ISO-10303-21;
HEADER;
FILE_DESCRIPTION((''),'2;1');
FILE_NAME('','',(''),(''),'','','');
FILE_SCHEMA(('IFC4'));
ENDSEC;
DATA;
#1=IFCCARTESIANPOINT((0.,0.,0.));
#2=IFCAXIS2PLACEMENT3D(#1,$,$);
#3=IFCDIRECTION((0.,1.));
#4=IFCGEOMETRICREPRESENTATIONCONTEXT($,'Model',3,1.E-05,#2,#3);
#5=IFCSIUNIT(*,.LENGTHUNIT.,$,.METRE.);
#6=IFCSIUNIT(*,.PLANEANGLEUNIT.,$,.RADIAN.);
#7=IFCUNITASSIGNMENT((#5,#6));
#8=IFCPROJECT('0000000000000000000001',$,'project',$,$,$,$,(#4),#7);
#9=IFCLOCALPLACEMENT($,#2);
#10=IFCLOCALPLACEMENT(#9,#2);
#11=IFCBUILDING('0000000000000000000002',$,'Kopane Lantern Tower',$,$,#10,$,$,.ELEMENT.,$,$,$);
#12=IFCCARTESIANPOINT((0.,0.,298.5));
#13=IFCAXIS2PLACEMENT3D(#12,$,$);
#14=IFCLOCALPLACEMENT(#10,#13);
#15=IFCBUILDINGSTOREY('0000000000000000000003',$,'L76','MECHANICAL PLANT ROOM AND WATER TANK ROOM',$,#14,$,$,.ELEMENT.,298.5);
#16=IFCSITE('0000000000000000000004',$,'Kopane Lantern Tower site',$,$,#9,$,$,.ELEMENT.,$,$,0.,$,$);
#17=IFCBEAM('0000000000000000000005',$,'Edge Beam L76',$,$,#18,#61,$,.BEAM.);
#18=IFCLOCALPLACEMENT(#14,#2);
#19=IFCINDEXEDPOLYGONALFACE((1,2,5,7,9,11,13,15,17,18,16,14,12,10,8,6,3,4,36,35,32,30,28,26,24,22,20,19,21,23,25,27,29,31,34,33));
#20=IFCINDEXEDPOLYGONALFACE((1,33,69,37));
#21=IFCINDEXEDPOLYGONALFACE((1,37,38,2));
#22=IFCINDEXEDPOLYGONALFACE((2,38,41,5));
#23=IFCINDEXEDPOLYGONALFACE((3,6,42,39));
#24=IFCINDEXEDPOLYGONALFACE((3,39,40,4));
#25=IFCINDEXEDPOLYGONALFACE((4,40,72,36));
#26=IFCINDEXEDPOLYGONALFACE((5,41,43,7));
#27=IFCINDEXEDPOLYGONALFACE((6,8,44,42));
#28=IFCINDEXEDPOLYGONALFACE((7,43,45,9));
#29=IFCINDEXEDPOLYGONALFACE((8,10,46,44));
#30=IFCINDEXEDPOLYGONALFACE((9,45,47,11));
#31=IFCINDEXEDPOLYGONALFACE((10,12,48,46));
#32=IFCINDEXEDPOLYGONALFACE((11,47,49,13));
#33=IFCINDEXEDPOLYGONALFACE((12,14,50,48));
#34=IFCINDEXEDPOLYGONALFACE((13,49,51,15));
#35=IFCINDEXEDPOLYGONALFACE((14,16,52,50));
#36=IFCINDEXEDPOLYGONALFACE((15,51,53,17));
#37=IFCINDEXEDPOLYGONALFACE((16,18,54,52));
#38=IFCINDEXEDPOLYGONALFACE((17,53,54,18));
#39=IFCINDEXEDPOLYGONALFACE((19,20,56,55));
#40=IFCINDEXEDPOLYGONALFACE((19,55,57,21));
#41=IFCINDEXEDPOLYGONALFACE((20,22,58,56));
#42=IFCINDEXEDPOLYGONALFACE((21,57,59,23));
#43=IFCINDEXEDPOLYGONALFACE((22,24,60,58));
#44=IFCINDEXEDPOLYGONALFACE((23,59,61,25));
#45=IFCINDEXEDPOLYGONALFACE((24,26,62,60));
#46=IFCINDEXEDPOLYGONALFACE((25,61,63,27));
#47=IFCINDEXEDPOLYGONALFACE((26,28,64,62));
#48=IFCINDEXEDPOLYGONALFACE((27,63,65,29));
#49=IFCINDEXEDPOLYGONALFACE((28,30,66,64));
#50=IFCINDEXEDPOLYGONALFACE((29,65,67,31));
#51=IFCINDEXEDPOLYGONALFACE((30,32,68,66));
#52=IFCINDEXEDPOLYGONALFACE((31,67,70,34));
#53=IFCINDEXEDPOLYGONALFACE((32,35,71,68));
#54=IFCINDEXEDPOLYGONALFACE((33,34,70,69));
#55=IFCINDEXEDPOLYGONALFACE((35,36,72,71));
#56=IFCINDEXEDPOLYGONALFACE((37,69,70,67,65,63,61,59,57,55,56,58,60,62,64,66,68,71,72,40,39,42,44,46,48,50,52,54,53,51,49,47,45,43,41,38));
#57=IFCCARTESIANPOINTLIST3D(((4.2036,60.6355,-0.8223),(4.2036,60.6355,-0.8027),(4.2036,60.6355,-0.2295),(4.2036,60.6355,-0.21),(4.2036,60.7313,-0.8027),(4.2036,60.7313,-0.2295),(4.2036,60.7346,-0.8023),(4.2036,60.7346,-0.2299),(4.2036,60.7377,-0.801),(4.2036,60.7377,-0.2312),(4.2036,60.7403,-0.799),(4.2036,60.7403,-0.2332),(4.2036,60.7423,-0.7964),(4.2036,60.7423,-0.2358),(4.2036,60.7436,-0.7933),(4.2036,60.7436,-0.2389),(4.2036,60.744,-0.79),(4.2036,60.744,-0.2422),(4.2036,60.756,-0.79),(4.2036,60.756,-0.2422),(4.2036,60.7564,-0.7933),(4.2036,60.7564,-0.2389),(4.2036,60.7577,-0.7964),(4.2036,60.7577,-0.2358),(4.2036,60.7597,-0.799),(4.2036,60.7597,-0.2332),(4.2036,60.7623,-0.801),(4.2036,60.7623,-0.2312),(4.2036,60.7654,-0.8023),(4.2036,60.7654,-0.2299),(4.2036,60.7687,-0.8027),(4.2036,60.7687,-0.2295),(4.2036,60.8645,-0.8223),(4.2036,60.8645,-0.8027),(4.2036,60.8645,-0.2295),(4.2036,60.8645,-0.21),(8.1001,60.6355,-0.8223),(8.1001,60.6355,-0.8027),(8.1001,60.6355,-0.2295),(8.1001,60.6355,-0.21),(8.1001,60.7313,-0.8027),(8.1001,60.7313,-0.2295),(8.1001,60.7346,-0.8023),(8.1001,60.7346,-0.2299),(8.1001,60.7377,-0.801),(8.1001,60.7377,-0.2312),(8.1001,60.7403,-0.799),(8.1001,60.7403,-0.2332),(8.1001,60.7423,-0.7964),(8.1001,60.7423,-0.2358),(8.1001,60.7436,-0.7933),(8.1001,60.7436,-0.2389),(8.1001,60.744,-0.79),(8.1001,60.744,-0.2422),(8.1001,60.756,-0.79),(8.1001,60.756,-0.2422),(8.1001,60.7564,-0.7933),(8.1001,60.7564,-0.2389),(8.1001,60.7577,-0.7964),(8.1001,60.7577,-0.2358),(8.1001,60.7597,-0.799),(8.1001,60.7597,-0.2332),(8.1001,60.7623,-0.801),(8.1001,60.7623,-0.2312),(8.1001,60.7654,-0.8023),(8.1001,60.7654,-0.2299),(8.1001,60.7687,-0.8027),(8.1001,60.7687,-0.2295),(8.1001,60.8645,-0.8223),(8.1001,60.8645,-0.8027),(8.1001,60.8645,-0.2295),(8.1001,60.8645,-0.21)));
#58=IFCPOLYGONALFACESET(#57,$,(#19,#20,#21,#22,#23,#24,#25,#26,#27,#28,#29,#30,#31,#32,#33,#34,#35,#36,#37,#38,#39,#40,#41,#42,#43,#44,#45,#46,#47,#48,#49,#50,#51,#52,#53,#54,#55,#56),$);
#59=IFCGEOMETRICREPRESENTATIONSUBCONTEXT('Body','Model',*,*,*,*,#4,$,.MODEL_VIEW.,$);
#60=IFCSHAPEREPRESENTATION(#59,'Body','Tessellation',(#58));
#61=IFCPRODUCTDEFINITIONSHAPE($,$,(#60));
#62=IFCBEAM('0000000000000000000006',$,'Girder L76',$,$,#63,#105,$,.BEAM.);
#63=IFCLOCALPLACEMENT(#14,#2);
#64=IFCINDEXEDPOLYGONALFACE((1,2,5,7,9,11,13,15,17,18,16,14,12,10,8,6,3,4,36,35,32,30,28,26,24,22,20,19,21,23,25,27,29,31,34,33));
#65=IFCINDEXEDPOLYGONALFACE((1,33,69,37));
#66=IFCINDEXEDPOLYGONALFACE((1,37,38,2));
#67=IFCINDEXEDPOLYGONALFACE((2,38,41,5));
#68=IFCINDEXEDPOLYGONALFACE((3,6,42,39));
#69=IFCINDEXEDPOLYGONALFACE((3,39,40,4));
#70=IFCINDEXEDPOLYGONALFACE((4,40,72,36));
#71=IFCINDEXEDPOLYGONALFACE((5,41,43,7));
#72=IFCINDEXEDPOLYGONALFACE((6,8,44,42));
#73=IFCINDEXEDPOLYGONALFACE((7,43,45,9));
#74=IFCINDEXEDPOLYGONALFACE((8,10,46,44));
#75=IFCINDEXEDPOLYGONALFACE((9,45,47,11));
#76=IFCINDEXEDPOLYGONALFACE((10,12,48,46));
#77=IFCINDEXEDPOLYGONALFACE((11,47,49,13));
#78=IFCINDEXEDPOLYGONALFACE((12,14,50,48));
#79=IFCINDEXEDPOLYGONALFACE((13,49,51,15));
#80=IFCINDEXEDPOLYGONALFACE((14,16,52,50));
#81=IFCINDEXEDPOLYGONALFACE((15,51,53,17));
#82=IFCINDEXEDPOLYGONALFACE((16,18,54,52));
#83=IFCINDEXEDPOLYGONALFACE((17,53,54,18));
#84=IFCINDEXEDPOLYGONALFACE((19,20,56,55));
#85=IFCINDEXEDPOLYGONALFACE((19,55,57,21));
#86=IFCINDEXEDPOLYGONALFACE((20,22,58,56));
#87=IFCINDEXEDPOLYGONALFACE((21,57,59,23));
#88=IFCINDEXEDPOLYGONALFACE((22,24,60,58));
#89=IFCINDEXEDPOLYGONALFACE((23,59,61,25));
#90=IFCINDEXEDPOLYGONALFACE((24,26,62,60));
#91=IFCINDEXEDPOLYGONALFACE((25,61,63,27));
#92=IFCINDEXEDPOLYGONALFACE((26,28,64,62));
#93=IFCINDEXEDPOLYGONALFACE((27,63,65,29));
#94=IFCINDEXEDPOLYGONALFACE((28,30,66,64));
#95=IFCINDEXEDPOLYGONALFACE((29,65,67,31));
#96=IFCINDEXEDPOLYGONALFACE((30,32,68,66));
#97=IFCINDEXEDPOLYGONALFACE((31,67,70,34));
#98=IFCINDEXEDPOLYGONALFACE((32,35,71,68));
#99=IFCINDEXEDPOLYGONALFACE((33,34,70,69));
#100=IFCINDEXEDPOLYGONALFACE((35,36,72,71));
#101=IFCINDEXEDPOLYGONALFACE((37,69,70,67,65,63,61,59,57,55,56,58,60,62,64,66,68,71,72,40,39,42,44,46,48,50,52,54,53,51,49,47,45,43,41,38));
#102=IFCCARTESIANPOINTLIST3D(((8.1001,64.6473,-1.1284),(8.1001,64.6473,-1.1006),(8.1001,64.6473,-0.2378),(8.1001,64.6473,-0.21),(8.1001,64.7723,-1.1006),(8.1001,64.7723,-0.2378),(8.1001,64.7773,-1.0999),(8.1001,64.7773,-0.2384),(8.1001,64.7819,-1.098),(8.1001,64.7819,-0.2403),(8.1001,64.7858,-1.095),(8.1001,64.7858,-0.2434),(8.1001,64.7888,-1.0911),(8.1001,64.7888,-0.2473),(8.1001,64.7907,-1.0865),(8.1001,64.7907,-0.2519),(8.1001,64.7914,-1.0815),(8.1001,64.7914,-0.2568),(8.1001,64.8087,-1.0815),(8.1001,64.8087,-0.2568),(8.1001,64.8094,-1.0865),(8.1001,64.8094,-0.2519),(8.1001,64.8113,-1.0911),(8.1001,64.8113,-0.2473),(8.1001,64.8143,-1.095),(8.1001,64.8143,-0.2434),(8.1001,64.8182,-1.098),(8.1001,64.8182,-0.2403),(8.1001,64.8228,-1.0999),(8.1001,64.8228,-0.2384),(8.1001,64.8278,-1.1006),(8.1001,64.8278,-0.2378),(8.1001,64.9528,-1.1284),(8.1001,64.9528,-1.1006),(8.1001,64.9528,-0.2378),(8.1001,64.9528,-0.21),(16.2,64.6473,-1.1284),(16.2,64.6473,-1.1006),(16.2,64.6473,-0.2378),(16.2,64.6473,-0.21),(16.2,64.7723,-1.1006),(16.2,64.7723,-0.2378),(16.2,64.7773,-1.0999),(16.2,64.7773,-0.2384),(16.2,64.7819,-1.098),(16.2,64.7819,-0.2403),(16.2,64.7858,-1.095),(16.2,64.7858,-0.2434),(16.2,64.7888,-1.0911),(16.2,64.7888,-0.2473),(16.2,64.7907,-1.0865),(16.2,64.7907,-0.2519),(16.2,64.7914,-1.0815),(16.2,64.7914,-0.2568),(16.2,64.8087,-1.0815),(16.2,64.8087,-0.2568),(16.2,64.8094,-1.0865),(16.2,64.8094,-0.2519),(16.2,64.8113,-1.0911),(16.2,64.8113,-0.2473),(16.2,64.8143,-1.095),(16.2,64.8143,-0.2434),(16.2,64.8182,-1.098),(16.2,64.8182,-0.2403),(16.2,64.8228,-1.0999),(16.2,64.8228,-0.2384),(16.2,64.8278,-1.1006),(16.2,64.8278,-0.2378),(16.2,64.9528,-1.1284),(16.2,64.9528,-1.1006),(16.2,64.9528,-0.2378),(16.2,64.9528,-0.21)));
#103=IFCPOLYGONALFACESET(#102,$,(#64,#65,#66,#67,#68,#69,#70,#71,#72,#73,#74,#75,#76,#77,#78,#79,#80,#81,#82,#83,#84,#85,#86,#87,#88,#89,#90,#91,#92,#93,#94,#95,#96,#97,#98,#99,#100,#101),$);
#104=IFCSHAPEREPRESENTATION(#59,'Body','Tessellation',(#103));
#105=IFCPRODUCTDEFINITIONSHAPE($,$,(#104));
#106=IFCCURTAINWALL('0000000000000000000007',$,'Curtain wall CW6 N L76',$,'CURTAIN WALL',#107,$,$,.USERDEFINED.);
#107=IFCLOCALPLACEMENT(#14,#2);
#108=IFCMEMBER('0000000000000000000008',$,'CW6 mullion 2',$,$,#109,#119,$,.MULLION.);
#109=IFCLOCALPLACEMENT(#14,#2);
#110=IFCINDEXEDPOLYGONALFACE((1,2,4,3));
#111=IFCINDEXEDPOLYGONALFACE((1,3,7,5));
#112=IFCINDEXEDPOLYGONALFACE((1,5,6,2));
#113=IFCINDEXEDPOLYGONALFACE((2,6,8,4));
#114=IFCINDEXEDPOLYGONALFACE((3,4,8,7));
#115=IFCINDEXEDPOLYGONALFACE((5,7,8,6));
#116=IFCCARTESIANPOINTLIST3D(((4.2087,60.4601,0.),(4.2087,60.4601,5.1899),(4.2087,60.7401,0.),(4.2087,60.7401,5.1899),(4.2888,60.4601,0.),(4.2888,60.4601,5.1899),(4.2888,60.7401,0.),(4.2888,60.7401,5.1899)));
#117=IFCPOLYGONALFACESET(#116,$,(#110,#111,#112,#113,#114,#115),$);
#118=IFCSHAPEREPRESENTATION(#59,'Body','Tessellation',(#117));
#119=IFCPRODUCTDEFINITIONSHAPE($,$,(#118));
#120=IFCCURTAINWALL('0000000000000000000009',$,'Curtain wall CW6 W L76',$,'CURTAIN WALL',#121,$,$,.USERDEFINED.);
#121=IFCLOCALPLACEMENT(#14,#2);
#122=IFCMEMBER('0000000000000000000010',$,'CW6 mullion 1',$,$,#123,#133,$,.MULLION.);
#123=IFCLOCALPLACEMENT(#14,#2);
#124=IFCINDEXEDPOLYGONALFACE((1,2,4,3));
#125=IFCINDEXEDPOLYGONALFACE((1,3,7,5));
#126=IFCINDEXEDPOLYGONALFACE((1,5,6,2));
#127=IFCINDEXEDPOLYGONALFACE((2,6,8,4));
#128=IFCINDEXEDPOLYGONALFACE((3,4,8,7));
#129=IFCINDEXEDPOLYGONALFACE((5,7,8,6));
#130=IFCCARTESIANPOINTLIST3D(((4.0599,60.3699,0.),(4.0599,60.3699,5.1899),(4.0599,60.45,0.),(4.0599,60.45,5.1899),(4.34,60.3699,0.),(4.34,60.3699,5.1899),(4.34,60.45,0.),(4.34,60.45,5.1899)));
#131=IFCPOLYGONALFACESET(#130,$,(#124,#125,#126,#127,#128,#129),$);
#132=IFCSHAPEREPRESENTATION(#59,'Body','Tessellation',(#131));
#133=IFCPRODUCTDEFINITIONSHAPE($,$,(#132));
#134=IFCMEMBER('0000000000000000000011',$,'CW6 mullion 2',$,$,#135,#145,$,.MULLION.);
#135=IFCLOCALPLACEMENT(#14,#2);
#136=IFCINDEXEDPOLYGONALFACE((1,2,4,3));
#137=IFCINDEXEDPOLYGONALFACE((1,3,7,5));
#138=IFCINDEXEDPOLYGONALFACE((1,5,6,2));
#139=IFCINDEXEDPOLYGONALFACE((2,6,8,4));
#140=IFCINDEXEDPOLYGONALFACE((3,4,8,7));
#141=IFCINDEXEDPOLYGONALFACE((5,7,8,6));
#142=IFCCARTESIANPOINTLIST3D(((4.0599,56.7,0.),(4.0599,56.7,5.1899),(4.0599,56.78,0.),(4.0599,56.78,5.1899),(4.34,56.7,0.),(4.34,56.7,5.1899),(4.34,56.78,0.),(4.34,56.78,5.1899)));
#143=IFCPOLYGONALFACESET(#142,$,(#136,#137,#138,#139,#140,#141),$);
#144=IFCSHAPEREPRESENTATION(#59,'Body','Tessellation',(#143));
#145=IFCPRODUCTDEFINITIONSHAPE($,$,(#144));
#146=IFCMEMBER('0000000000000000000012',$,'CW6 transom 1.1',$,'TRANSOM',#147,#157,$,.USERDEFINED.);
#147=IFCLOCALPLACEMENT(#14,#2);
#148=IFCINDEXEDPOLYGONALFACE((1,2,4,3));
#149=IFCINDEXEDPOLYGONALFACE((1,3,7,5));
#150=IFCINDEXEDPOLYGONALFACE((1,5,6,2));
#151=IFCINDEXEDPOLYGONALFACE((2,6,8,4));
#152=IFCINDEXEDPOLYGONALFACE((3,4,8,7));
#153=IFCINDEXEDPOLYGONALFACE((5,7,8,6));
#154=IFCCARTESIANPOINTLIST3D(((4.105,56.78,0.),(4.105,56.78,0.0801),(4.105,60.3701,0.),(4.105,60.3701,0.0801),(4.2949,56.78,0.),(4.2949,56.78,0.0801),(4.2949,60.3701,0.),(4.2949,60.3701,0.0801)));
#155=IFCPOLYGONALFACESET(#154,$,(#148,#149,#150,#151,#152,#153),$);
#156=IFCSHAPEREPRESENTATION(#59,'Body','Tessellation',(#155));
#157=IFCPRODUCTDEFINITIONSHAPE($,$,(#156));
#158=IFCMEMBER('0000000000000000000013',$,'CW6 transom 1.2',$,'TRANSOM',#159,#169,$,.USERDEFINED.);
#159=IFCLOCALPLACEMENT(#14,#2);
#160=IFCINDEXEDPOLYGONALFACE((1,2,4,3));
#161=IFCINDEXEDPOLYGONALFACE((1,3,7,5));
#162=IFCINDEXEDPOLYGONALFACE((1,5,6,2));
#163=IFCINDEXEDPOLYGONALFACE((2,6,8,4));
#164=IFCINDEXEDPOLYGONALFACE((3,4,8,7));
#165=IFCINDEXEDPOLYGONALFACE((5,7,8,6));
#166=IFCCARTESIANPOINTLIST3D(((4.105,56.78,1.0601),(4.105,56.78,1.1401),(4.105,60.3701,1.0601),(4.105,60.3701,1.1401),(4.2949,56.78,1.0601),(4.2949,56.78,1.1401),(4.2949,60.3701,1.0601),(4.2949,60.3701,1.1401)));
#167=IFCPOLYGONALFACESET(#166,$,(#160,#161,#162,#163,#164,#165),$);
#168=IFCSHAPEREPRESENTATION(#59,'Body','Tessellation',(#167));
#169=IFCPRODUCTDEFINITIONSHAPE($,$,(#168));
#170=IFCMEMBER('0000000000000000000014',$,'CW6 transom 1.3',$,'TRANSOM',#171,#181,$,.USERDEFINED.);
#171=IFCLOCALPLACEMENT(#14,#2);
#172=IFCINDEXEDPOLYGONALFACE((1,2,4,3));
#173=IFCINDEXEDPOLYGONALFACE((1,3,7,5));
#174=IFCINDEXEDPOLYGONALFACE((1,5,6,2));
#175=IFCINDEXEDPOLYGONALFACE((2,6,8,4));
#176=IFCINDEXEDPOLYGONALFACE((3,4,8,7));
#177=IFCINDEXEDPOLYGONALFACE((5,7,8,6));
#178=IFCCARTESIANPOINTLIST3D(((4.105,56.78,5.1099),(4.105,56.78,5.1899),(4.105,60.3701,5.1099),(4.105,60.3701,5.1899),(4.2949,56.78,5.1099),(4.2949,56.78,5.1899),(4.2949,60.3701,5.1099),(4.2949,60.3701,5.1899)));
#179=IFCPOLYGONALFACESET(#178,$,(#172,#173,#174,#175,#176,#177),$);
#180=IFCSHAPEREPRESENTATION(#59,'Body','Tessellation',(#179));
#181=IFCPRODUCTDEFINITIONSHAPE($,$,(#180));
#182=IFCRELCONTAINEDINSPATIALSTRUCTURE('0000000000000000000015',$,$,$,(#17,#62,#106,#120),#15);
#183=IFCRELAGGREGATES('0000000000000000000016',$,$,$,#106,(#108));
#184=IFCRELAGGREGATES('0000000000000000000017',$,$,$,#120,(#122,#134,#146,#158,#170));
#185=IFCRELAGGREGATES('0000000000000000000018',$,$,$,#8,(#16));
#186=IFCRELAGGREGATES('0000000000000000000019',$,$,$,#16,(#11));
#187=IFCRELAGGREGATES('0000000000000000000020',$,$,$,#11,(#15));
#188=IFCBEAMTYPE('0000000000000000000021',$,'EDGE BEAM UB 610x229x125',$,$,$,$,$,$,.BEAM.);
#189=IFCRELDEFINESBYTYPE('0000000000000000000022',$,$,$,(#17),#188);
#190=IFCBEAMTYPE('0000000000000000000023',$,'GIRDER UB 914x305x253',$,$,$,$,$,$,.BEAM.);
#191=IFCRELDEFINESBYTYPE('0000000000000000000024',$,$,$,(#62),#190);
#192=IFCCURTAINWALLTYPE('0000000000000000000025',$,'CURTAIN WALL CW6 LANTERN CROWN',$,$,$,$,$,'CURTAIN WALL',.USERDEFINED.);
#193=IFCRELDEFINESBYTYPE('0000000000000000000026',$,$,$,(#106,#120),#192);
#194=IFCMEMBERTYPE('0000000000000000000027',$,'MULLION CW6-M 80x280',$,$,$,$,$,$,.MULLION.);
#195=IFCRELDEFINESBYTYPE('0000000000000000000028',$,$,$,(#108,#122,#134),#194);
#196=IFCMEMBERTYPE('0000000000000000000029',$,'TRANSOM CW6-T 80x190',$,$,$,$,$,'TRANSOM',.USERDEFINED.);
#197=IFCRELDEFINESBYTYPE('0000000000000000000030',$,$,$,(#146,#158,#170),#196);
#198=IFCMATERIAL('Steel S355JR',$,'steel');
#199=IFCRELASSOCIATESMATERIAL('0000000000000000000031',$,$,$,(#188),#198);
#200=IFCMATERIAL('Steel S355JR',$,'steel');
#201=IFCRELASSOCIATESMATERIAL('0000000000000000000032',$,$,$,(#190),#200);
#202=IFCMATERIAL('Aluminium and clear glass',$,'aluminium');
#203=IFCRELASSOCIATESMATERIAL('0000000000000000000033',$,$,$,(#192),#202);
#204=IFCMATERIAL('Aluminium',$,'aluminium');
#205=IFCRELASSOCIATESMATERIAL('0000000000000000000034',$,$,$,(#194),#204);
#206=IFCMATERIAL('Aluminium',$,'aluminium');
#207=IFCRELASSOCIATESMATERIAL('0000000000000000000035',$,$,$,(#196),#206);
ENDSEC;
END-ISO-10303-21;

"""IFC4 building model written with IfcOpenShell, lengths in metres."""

from ifc_helpers import new_model, si_unit, direction, frame, origin, origin_2d, place, context, subcontext, project, spatial, rectangle, i_section, extrude, material, material_profile, profile_set, type_object, element, aggregate, save


model = new_model("IFC4")

# Units and contexts
model_context = context("Model", 3, precision=1e-05, world=origin(), true_north=direction((0.0, 1.0)))
body_context = subcontext(model_context, "Body", "Model", "MODEL_VIEW")
ifc_project = project(units=[si_unit("LENGTHUNIT", "METRE"), si_unit("PLANEANGLEUNIT", "RADIAN")], contexts=[model_context])

# Site, building, storey
site_placement = place(None, origin())
site = spatial("IfcSite", under=ifc_project, at=site_placement, Name="Kopane Lantern Tower site", CompositionType="ELEMENT", RefElevation=0.0)
building_placement = place(site_placement, origin())
building = spatial("IfcBuilding", under=site, at=building_placement, Name="Kopane Lantern Tower", CompositionType="ELEMENT")
storey_placement = place(building_placement, frame((0.0, 0.0, 298.5)))
storey = spatial("IfcBuildingStorey", under=building, at=storey_placement, Name="L76", Description="MECHANICAL PLANT ROOM AND WATER TANK ROOM", CompositionType="ELEMENT", Elevation=298.5)

# Beams
ifc_material_1 = material(Name="Steel S355JR", Category="steel")
ifc_material_profile_1 = material_profile(ifc_material_1, i_section(OverallWidth=0.229, OverallDepth=0.6123, WebThickness=0.012, FlangeThickness=0.0195, FilletRadius=0.0127, at=origin_2d()), Name="UB 610x229x125")
ifc_profile_set_1 = profile_set([ifc_material_profile_1], Name="Steel S355JR")
beam_type_1 = type_object("IfcBeamType", Name="EDGE BEAM UB 610x229x125", PredefinedType="BEAM", material=ifc_profile_set_1)
beam_1_placement = place(storey_placement, frame((4.2036, 60.75, -0.5161), z_axis=(1.0, 0.0, 0.0), x_axis=(0.0, 1.0, 0.0)))
element("IfcBeam", 1, at=beam_1_placement, inside=storey, type_object=beam_type_1, Name="Edge Beam L76", PredefinedType="BEAM", context=body_context, shape_type="SweptSolid", body=[
    extrude(i_section(OverallWidth=0.229, OverallDepth=0.6123, WebThickness=0.012, FlangeThickness=0.0195, FilletRadius=0.0127, at=origin_2d()), origin(), (0.0, 0.0, 1.0), 3.8965),
])
ifc_material_2 = material(Name="Steel S355JR", Category="steel")
ifc_material_profile_2 = material_profile(ifc_material_2, i_section(OverallWidth=0.3054, OverallDepth=0.9185, WebThickness=0.0173, FlangeThickness=0.0278, FilletRadius=0.019, at=origin_2d()), Name="UB 914x305x253")
ifc_profile_set_2 = profile_set([ifc_material_profile_2], Name="Steel S355JR")
beam_type_2 = type_object("IfcBeamType", Name="GIRDER UB 914x305x253", PredefinedType="BEAM", material=ifc_profile_set_2)
beam_2_placement = place(storey_placement, frame((8.1001, 64.8, -0.6692), z_axis=(1.0, 0.0, 0.0), x_axis=(0.0, 1.0, 0.0)))
element("IfcBeam", 2, at=beam_2_placement, inside=storey, type_object=beam_type_2, Name="Girder L76", PredefinedType="BEAM", context=body_context, shape_type="SweptSolid", body=[
    extrude(i_section(OverallWidth=0.3054, OverallDepth=0.9185, WebThickness=0.0173, FlangeThickness=0.0278, FilletRadius=0.019, at=origin_2d()), origin(), (0.0, 0.0, 1.0), 8.0999),
])

# Curtain wall, member
ifc_material_3 = material(Name="Aluminium and clear glass", Category="aluminium")
curtain_wall_type = type_object("IfcCurtainWallType", Name="CURTAIN WALL CW6 LANTERN CROWN", ElementType="CURTAIN WALL", PredefinedType="USERDEFINED", material=ifc_material_3)
curtain_wall_1_placement = place(storey_placement, origin())
curtain_wall_1 = element("IfcCurtainWall", 3, at=curtain_wall_1_placement, inside=storey, type_object=curtain_wall_type, Name="Curtain wall CW6 N L76", ObjectType="CURTAIN WALL", PredefinedType="USERDEFINED")
ifc_material_4 = material(Name="Aluminium", Category="aluminium")
ifc_material_profile_3 = material_profile(ifc_material_4, rectangle(XDim=0.0801, YDim=0.28, at=origin_2d()), Name="AL 80x280")
ifc_profile_set_3 = profile_set([ifc_material_profile_3], Name="Aluminium")
member_type_1 = type_object("IfcMemberType", Name="MULLION CW6-M 80x280", PredefinedType="MULLION", material=ifc_profile_set_3)
member_1_placement = place(storey_placement, frame((4.2488, 60.6001, 0.0), z_axis=(0.0, 0.0, 1.0), x_axis=(-1.0, 0.0, 0.0)))
member_1 = element("IfcMember", 4, at=member_1_placement, type_object=member_type_1, Name="CW6 mullion 2", PredefinedType="MULLION", context=body_context, shape_type="SweptSolid", body=[
    extrude(rectangle(XDim=0.0801, YDim=0.28, at=origin_2d()), origin(), (0.0, 0.0, 1.0), 5.1899),
])

# Curtain wall, members
curtain_wall_2_placement = place(storey_placement, origin())
curtain_wall_2 = element("IfcCurtainWall", 5, at=curtain_wall_2_placement, inside=storey, type_object=curtain_wall_type, Name="Curtain wall CW6 W L76", ObjectType="CURTAIN WALL", PredefinedType="USERDEFINED")
member_2_placement = place(storey_placement, frame((4.2, 60.4099, 0.0), z_axis=(0.0, 0.0, 1.0), x_axis=(0.0, -1.0, 0.0)))
member_2 = element("IfcMember", 6, at=member_2_placement, type_object=member_type_1, Name="CW6 mullion 1", PredefinedType="MULLION", context=body_context, shape_type="SweptSolid", body=[
    extrude(rectangle(XDim=0.0801, YDim=0.28, at=origin_2d()), origin(), (0.0, 0.0, 1.0), 5.1899),
])
member_3_placement = place(storey_placement, frame((4.2, 56.74, 0.0), z_axis=(0.0, 0.0, 1.0), x_axis=(0.0, -1.0, 0.0)))
member_3 = element("IfcMember", 7, at=member_3_placement, type_object=member_type_1, Name="CW6 mullion 2", PredefinedType="MULLION", context=body_context, shape_type="SweptSolid", body=[
    extrude(rectangle(XDim=0.0801, YDim=0.28, at=origin_2d()), origin(), (0.0, 0.0, 1.0), 5.1899),
])
ifc_material_5 = material(Name="Aluminium", Category="aluminium")
ifc_material_profile_4 = material_profile(ifc_material_5, rectangle(XDim=0.1899, YDim=0.0801, at=origin_2d()), Name="AL 190x80")
ifc_profile_set_4 = profile_set([ifc_material_profile_4], Name="Aluminium")
member_type_2 = type_object("IfcMemberType", Name="TRANSOM CW6-T 80x190", ElementType="TRANSOM", PredefinedType="USERDEFINED", material=ifc_profile_set_4)
member_4_placement = place(storey_placement, frame((4.2, 60.3701, 0.04), z_axis=(0.0, -1.0, 0.0), x_axis=(1.0, 0.0, 0.0)))
member_4 = element("IfcMember", 8, at=member_4_placement, type_object=member_type_2, Name="CW6 transom 1.1", ObjectType="TRANSOM", PredefinedType="USERDEFINED", context=body_context, shape_type="SweptSolid", body=[
    extrude(rectangle(XDim=0.1899, YDim=0.0801, at=origin_2d()), origin(), (0.0, 0.0, 1.0), 3.5901),
])
member_5_placement = place(storey_placement, frame((4.2, 60.3701, 1.1001), z_axis=(0.0, -1.0, 0.0), x_axis=(1.0, 0.0, 0.0)))
member_5 = element("IfcMember", 9, at=member_5_placement, type_object=member_type_2, Name="CW6 transom 1.2", ObjectType="TRANSOM", PredefinedType="USERDEFINED", context=body_context, shape_type="SweptSolid", body=[
    extrude(rectangle(XDim=0.1899, YDim=0.0801, at=origin_2d()), origin(), (0.0, 0.0, 1.0), 3.5901),
])
member_6_placement = place(storey_placement, frame((4.2, 60.3701, 5.1499), z_axis=(0.0, -1.0, 0.0), x_axis=(1.0, 0.0, 0.0)))
member_6 = element("IfcMember", 10, at=member_6_placement, type_object=member_type_2, Name="CW6 transom 1.3", ObjectType="TRANSOM", PredefinedType="USERDEFINED", context=body_context, shape_type="SweptSolid", body=[
    extrude(rectangle(XDim=0.1899, YDim=0.0801, at=origin_2d()), origin(), (0.0, 0.0, 1.0), 3.5901),
])

aggregate(curtain_wall_1, [member_1])
aggregate(curtain_wall_2, [member_2, member_3, member_4, member_5, member_6])

save(model, "model.ifc")
